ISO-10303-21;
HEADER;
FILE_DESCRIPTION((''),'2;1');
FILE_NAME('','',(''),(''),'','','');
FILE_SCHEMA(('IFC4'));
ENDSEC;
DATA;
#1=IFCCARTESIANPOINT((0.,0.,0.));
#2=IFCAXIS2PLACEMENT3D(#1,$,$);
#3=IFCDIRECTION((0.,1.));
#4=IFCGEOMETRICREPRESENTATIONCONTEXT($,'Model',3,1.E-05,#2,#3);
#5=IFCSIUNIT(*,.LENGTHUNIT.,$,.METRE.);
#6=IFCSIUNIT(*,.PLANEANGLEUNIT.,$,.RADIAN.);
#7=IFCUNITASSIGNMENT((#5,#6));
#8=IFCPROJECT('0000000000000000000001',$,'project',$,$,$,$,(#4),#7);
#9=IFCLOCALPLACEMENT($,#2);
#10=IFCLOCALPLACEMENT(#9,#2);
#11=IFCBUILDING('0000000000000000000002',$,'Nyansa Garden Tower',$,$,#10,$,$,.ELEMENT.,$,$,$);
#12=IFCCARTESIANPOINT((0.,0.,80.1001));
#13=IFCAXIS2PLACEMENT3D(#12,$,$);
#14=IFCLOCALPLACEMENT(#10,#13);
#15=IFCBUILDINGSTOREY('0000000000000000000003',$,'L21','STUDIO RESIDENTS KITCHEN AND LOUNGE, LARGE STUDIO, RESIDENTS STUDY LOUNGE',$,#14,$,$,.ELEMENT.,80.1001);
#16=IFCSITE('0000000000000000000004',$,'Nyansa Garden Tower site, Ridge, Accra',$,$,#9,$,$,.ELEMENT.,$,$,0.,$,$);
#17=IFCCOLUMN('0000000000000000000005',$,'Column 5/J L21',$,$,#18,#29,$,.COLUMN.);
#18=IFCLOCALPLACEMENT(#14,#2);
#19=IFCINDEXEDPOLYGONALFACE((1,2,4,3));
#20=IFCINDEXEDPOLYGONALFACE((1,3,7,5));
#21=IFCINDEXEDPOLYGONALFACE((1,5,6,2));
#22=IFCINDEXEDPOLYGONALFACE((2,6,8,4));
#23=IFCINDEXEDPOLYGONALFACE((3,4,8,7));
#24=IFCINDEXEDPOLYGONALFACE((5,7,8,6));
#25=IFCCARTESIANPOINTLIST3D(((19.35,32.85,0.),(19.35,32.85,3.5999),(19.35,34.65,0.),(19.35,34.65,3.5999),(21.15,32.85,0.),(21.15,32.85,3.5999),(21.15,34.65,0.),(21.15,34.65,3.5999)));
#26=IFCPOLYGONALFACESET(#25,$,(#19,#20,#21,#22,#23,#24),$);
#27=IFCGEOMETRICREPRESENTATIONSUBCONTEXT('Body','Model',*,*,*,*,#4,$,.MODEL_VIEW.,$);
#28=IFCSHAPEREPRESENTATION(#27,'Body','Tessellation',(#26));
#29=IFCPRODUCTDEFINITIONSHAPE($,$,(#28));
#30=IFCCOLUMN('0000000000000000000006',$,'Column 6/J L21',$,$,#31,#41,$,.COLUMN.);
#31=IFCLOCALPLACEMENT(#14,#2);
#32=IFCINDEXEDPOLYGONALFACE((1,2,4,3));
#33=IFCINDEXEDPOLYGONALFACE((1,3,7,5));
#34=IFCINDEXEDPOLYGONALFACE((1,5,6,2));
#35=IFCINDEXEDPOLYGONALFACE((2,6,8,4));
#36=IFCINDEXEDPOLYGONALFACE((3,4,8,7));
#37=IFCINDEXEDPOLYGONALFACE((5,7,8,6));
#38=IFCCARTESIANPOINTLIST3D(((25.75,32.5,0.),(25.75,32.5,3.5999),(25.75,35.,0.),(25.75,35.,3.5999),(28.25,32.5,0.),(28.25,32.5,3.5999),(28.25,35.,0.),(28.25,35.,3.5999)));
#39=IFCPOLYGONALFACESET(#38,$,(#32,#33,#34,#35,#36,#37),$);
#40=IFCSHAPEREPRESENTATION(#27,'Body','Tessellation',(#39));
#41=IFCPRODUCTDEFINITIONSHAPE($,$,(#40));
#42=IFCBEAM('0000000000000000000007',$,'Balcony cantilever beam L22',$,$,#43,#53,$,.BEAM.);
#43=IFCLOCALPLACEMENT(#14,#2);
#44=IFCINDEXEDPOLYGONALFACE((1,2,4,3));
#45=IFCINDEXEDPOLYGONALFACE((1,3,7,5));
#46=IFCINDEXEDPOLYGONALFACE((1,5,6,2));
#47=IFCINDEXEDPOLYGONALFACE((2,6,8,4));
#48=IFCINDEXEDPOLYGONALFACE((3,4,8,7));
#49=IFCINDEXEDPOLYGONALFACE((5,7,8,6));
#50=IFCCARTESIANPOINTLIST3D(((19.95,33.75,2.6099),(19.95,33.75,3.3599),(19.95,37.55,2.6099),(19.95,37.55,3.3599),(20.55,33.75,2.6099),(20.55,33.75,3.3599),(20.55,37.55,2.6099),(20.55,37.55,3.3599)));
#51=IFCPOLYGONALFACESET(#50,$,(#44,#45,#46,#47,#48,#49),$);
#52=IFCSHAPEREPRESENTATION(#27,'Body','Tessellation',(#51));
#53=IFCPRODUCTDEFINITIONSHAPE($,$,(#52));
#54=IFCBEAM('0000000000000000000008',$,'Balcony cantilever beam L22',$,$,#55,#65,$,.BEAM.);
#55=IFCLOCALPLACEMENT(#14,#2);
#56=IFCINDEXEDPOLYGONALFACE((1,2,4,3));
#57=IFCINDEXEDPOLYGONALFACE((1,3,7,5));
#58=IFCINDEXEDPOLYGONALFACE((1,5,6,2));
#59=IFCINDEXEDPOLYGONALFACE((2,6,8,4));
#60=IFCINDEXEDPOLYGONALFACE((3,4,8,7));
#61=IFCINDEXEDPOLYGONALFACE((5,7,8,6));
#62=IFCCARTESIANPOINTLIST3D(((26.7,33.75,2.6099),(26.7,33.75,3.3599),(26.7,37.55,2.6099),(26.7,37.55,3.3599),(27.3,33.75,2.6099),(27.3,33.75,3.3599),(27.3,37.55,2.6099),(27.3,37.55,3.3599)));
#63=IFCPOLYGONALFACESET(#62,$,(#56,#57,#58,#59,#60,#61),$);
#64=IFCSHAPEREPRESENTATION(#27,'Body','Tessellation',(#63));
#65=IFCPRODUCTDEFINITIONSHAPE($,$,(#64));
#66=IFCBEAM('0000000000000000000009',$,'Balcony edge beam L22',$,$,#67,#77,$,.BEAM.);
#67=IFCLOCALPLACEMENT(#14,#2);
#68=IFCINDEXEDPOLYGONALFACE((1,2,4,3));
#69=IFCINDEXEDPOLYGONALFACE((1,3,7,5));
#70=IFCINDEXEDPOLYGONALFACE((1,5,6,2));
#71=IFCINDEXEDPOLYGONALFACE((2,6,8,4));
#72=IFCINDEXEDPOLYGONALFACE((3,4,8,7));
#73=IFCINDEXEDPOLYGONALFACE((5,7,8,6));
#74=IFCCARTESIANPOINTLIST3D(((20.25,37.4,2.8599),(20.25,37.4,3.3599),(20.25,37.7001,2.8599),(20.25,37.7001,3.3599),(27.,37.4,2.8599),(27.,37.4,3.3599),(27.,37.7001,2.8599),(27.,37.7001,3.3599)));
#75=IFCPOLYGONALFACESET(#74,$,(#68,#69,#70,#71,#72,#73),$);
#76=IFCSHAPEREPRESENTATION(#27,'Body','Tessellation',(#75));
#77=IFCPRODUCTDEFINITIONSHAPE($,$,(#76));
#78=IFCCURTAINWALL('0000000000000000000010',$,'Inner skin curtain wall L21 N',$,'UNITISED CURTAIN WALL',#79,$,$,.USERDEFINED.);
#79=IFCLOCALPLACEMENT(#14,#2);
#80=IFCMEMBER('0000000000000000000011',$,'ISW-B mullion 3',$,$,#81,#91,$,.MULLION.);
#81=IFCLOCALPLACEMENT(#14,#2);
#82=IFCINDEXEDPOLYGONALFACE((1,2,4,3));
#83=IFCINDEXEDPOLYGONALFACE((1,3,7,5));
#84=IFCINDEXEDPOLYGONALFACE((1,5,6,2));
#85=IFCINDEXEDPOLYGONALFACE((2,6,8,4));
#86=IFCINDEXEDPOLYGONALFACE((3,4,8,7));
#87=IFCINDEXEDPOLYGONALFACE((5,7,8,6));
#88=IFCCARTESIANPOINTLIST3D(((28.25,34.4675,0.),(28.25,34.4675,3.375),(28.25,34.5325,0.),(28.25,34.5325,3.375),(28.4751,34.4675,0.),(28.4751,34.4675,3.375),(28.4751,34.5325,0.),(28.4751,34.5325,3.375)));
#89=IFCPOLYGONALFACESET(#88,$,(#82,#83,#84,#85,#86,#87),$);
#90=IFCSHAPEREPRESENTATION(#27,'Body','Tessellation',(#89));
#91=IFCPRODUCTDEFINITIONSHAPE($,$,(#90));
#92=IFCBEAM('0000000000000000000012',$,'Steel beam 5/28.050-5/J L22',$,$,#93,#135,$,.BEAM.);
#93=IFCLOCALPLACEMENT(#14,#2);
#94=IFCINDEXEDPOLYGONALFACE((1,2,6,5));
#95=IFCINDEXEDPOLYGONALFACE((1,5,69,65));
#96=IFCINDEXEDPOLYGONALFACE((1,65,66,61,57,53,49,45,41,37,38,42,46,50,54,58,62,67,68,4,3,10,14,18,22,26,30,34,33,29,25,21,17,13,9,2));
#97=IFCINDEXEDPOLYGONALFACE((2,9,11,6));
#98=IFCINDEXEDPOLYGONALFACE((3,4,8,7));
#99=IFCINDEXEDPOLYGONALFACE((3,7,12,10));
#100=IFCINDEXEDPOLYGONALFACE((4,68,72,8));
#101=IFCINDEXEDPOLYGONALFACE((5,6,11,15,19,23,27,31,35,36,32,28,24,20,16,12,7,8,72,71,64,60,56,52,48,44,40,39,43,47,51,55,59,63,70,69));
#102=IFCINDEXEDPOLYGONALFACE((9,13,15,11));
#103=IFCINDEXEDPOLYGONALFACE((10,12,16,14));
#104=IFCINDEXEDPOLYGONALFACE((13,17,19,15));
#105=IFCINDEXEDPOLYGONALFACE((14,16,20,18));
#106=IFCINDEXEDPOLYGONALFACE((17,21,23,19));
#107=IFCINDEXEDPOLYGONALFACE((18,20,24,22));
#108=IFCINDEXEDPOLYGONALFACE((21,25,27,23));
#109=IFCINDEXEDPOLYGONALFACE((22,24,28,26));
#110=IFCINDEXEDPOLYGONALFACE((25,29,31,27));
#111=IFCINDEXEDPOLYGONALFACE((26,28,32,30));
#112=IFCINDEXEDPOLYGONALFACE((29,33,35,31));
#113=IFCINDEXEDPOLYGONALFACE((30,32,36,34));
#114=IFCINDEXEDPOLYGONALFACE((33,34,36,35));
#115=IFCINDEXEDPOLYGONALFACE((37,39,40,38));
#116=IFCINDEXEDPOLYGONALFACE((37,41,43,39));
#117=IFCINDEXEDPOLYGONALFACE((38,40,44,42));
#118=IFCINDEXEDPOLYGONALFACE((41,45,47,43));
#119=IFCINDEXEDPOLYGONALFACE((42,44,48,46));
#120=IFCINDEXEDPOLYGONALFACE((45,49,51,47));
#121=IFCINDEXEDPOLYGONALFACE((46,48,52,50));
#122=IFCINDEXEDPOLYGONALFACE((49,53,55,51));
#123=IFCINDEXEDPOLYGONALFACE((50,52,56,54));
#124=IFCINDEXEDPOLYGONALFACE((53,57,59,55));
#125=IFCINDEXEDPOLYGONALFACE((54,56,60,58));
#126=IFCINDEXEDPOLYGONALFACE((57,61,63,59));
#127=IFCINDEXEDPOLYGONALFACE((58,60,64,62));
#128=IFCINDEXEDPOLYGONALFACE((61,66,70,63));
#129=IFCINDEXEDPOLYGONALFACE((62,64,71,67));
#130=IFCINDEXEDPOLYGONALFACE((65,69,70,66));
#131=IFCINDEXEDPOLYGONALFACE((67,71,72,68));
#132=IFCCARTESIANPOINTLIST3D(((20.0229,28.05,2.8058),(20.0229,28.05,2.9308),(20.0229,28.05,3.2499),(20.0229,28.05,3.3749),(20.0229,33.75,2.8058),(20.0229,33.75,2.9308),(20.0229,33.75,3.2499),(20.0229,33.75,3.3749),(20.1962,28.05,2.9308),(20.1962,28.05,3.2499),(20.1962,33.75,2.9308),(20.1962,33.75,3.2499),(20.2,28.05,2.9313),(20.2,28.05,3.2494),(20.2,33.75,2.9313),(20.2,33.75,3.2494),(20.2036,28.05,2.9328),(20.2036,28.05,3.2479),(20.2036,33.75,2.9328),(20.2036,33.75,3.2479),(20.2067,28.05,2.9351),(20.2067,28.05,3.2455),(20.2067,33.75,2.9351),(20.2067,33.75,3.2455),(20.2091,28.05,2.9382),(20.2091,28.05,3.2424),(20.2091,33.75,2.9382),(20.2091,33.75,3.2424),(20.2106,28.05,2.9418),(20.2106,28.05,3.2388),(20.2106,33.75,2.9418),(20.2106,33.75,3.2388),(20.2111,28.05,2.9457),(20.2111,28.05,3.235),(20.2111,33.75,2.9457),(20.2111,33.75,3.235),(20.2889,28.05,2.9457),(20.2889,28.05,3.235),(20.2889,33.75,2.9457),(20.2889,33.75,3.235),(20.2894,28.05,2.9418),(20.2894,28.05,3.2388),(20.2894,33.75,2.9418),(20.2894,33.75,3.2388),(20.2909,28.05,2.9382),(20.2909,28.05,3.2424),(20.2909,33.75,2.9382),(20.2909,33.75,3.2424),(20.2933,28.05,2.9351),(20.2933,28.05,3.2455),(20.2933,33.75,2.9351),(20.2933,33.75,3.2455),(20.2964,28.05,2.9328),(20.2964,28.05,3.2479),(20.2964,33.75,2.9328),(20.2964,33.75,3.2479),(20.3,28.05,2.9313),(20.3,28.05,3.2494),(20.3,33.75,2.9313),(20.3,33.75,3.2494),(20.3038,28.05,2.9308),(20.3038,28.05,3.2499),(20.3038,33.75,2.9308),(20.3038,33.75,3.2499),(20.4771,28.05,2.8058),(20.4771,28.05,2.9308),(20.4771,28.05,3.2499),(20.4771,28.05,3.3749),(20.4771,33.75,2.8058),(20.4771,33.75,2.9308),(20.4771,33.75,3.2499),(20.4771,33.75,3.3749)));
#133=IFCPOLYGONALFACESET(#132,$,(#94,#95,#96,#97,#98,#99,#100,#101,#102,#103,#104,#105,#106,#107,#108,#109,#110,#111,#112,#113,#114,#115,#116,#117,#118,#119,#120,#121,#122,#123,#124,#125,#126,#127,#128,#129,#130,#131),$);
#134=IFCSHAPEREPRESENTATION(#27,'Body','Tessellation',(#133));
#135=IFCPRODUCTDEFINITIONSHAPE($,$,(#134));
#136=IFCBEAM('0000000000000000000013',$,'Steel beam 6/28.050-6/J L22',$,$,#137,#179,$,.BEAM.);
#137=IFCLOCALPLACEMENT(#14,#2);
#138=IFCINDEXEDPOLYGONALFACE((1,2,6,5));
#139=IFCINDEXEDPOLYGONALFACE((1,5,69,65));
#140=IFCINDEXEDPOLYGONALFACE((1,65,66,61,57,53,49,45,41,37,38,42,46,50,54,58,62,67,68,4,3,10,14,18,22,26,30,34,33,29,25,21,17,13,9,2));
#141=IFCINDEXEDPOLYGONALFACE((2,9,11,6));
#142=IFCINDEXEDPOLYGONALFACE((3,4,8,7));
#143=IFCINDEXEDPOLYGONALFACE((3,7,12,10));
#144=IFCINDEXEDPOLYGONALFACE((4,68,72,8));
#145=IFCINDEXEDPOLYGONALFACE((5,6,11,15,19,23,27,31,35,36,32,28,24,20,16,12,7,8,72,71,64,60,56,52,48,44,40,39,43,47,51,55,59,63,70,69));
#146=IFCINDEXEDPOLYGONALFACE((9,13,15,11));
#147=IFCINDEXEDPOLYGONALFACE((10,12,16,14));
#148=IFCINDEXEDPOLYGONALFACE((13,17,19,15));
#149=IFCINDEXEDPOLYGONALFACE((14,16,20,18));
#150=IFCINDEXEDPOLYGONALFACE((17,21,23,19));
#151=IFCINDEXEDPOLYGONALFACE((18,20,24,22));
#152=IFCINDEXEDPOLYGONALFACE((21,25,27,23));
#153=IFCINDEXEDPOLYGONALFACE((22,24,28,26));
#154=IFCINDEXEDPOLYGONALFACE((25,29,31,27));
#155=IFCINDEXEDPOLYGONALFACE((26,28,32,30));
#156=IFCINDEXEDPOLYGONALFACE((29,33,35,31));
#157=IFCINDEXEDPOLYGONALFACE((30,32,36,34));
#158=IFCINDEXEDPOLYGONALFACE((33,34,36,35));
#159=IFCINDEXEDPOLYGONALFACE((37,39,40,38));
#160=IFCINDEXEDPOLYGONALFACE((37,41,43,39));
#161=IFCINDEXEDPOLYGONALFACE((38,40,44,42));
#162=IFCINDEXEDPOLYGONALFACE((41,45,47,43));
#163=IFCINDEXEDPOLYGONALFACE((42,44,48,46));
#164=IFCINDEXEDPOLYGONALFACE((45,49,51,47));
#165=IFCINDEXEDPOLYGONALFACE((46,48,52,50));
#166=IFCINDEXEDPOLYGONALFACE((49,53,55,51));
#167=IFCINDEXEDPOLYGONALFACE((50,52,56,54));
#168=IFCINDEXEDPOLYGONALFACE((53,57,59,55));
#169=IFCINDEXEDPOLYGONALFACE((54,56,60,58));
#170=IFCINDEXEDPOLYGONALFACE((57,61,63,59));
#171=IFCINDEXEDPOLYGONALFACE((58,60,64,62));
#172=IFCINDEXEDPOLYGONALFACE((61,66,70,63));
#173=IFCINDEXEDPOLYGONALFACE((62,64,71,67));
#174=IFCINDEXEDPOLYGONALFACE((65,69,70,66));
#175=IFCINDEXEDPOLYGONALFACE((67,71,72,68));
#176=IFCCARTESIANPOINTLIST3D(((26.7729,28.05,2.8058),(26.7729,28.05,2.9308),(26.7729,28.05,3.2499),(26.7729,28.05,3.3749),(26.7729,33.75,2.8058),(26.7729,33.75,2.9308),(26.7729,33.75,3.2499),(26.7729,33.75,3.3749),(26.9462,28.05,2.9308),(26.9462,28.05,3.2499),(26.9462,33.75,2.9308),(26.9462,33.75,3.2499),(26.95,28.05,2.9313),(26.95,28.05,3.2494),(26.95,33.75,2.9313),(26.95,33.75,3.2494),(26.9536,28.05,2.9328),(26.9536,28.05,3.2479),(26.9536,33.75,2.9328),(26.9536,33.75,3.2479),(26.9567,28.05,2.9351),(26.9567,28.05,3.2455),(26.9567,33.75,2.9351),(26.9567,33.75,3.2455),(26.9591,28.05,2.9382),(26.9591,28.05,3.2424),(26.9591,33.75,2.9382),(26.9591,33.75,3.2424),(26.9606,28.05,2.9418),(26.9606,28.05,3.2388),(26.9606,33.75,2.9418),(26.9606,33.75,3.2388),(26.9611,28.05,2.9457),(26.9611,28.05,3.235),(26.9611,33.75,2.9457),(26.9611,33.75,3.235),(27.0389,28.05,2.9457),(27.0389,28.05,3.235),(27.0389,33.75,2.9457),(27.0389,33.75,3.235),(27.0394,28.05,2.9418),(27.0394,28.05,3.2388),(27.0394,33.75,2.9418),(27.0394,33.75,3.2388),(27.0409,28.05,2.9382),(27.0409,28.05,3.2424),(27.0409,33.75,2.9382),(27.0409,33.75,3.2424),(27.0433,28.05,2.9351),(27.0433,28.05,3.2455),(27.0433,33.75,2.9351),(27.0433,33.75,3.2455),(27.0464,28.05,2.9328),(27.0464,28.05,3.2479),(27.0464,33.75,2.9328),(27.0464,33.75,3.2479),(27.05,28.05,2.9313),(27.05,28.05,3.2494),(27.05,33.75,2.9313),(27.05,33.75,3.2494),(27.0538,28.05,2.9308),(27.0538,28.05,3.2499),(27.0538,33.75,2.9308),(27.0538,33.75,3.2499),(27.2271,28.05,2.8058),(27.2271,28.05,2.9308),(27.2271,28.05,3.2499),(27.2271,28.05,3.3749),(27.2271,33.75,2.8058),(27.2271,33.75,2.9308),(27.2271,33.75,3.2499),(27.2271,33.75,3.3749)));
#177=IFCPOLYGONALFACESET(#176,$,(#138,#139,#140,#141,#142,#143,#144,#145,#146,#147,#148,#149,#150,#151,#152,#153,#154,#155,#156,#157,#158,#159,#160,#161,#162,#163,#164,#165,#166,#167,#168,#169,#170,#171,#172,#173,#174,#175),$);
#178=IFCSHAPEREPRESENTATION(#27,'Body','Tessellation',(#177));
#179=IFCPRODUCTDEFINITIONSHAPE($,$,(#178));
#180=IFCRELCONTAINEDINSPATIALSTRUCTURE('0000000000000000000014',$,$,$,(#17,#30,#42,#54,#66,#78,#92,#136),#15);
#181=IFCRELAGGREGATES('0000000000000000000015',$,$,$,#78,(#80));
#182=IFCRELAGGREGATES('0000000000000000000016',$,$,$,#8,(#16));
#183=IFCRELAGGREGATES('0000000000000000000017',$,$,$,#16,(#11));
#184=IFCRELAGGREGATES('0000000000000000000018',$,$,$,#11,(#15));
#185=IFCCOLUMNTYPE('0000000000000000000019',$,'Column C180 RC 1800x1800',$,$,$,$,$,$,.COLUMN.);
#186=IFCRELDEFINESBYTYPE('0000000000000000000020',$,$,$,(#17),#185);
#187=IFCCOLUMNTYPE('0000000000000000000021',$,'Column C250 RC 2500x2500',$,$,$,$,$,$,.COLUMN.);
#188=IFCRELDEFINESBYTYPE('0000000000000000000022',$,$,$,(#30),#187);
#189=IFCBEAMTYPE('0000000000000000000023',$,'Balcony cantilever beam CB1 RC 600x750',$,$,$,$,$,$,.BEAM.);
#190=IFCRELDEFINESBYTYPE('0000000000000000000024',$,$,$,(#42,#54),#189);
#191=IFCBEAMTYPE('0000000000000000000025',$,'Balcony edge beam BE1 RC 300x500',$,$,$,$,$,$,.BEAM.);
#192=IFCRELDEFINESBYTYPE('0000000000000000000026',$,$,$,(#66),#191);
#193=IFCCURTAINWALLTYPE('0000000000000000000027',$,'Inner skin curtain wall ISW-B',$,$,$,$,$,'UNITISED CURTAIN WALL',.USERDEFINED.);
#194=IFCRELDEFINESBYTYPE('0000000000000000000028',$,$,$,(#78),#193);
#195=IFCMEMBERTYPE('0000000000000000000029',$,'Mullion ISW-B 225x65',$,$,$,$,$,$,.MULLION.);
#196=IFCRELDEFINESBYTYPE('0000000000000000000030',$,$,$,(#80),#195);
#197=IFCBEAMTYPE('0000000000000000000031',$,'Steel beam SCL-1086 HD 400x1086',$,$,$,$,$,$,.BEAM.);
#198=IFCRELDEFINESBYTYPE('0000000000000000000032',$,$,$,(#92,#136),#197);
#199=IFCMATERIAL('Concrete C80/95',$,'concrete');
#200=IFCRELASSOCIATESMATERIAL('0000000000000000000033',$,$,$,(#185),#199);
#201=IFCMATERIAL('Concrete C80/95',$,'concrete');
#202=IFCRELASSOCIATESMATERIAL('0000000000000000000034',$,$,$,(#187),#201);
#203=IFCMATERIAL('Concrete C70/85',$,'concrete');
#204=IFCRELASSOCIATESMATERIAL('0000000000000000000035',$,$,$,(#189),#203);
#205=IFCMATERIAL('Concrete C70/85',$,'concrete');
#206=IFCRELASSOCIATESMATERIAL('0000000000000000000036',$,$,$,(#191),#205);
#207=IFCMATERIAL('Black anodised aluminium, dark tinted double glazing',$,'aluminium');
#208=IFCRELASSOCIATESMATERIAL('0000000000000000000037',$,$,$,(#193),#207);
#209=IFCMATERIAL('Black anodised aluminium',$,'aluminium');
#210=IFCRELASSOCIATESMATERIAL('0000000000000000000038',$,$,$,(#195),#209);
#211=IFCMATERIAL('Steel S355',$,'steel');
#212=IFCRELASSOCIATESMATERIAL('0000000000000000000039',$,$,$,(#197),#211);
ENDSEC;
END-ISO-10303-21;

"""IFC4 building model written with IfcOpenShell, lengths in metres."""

from ifc_helpers import new_model, si_unit, direction, frame, origin, origin_2d, place, context, subcontext, project, spatial, rectangle, i_section, extrude, material, material_profile, profile_set, type_object, element, aggregate, save


model = new_model("IFC4")

# Units and contexts
model_context = context("Model", 3, precision=1e-05, world=origin(), true_north=direction((0.0, 1.0)))
body_context = subcontext(model_context, "Body", "Model", "MODEL_VIEW")
ifc_project = project(units=[si_unit("LENGTHUNIT", "METRE"), si_unit("PLANEANGLEUNIT", "RADIAN")], contexts=[model_context])

# Site, building, storey
site_placement = place(None, origin())
site = spatial("IfcSite", under=ifc_project, at=site_placement, Name="Nyansa Garden Tower site, Ridge, Accra", CompositionType="ELEMENT", RefElevation=0.0)
building_placement = place(site_placement, origin())
building = spatial("IfcBuilding", under=site, at=building_placement, Name="Nyansa Garden Tower", CompositionType="ELEMENT")
storey_placement = place(building_placement, frame((0.0, 0.0, 80.1001)))
storey = spatial("IfcBuildingStorey", under=building, at=storey_placement, Name="L21", Description="STUDIO RESIDENTS KITCHEN AND LOUNGE, LARGE STUDIO, RESIDENTS STUDY LOUNGE", CompositionType="ELEMENT", Elevation=80.1001)

# Columns
ifc_material_1 = material(Name="Concrete C80/95", Category="concrete")
ifc_material_profile_1 = material_profile(ifc_material_1, rectangle(XDim=1.8, YDim=1.8, at=origin_2d()), Name="RC 1800x1800")
ifc_profile_set_1 = profile_set([ifc_material_profile_1], Name="Concrete C80/95")
column_type_1 = type_object("IfcColumnType", Name="Column C180 RC 1800x1800", PredefinedType="COLUMN", material=ifc_profile_set_1)
column_1_placement = place(storey_placement, frame((20.25, 33.75, 0.0), z_axis=(0.0, 0.0, 1.0), x_axis=(1.0, 0.0, 0.0)))
element("IfcColumn", 1, at=column_1_placement, inside=storey, type_object=column_type_1, Name="Column 5/J L21", PredefinedType="COLUMN", context=body_context, shape_type="SweptSolid", body=[
    extrude(rectangle(XDim=1.8, YDim=1.8, at=origin_2d()), origin(), (0.0, 0.0, 1.0), 3.5999),
])
ifc_material_2 = material(Name="Concrete C80/95", Category="concrete")
ifc_material_profile_2 = material_profile(ifc_material_2, rectangle(XDim=2.5, YDim=2.5, at=origin_2d()), Name="RC 2500x2500")
ifc_profile_set_2 = profile_set([ifc_material_profile_2], Name="Concrete C80/95")
column_type_2 = type_object("IfcColumnType", Name="Column C250 RC 2500x2500", PredefinedType="COLUMN", material=ifc_profile_set_2)
column_2_placement = place(storey_placement, frame((27.0, 33.75, 0.0), z_axis=(0.0, 0.0, 1.0), x_axis=(1.0, 0.0, 0.0)))
element("IfcColumn", 2, at=column_2_placement, inside=storey, type_object=column_type_2, Name="Column 6/J L21", PredefinedType="COLUMN", context=body_context, shape_type="SweptSolid", body=[
    extrude(rectangle(XDim=2.5, YDim=2.5, at=origin_2d()), origin(), (0.0, 0.0, 1.0), 3.5999),
])

# Beams
ifc_material_3 = material(Name="Concrete C70/85", Category="concrete")
ifc_material_profile_3 = material_profile(ifc_material_3, rectangle(XDim=0.6001, YDim=0.75, at=origin_2d()), Name="RC 600x750")
ifc_profile_set_3 = profile_set([ifc_material_profile_3], Name="Concrete C70/85")
beam_type_1 = type_object("IfcBeamType", Name="Balcony cantilever beam CB1 RC 600x750", PredefinedType="BEAM", material=ifc_profile_set_3)
for number, where, z_axis, x_axis, name in (
    (3, (20.25, 33.75, 2.9849), (0.0, 1.0, 0.0), (-1.0, 0.0, 0.0), "Balcony cantilever beam L22"),
    (4, (27.0, 33.75, 2.9849), (0.0, 1.0, 0.0), (-1.0, 0.0, 0.0), "Balcony cantilever beam L22"),
):
    element("IfcBeam", number, at=place(storey_placement, frame(where, z_axis=z_axis, x_axis=x_axis)), inside=storey, type_object=beam_type_1, Name=name, PredefinedType="BEAM", context=body_context, shape_type="SweptSolid", body=[
        extrude(rectangle(XDim=0.6001, YDim=0.75, at=origin_2d()), origin(), (0.0, 0.0, 1.0), 3.8),
    ])
ifc_material_4 = material(Name="Concrete C70/85", Category="concrete")
ifc_material_profile_4 = material_profile(ifc_material_4, rectangle(XDim=0.3, YDim=0.5, at=origin_2d()), Name="RC 300x500")
ifc_profile_set_4 = profile_set([ifc_material_profile_4], Name="Concrete C70/85")
beam_type_2 = type_object("IfcBeamType", Name="Balcony edge beam BE1 RC 300x500", PredefinedType="BEAM", material=ifc_profile_set_4)
beam_1_placement = place(storey_placement, frame((20.25, 37.55, 3.1099), z_axis=(1.0, 0.0, 0.0), x_axis=(0.0, 1.0, 0.0)))
element("IfcBeam", 5, at=beam_1_placement, inside=storey, type_object=beam_type_2, Name="Balcony edge beam L22", PredefinedType="BEAM", context=body_context, shape_type="SweptSolid", body=[
    extrude(rectangle(XDim=0.3, YDim=0.5, at=origin_2d()), origin(), (0.0, 0.0, 1.0), 6.75),
])

# Curtain wall, member
ifc_material_5 = material(Name="Black anodised aluminium, dark tinted double glazing", Category="aluminium")
curtain_wall_type = type_object("IfcCurtainWallType", Name="Inner skin curtain wall ISW-B", ElementType="UNITISED CURTAIN WALL", PredefinedType="USERDEFINED", material=ifc_material_5)
curtain_wall_placement = place(storey_placement, origin())
curtain_wall = element("IfcCurtainWall", 6, at=curtain_wall_placement, inside=storey, type_object=curtain_wall_type, Name="Inner skin curtain wall L21 N", ObjectType="UNITISED CURTAIN WALL", PredefinedType="USERDEFINED")
ifc_material_6 = material(Name="Black anodised aluminium", Category="aluminium")
ifc_material_profile_5 = material_profile(ifc_material_6, rectangle(XDim=0.0649, YDim=0.2251, at=origin_2d()), Name="Mullion 225x65")
ifc_profile_set_5 = profile_set([ifc_material_profile_5], Name="Black anodised aluminium")
member_type_1 = type_object("IfcMemberType", Name="Mullion ISW-B 225x65", PredefinedType="MULLION", material=ifc_profile_set_5)
member_1_placement = place(storey_placement, frame((28.3625, 34.5, 0.0), z_axis=(0.0, 0.0, 1.0), x_axis=(0.0, -1.0, 0.0)))
member_1 = element("IfcMember", 7, at=member_1_placement, type_object=member_type_1, Name="ISW-B mullion 3", PredefinedType="MULLION", context=body_context, shape_type="SweptSolid", body=[
    extrude(rectangle(XDim=0.0649, YDim=0.2251, at=origin_2d()), origin(), (0.0, 0.0, 1.0), 3.375),
])

# Beams
ifc_material_7 = material(Name="Steel S355", Category="steel")
ifc_material_profile_6 = material_profile(ifc_material_7, i_section(OverallWidth=0.4541, OverallDepth=0.5691, WebThickness=0.0779, FlangeThickness=0.125, FilletRadius=0.0149, at=origin_2d()), Name="HD 400x1086")
ifc_profile_set_6 = profile_set([ifc_material_profile_6], Name="Steel S355")
beam_type_3 = type_object("IfcBeamType", Name="Steel beam SCL-1086 HD 400x1086", PredefinedType="BEAM", material=ifc_profile_set_6)
for number, where, z_axis, x_axis, name in (
    (8, (20.25, 28.05, 3.0903), (0.0, 1.0, 0.0), (-1.0, 0.0, 0.0), "Steel beam 5/28.050-5/J L22"),
    (9, (27.0, 28.05, 3.0903), (0.0, 1.0, 0.0), (-1.0, 0.0, 0.0), "Steel beam 6/28.050-6/J L22"),
):
    element("IfcBeam", number, at=place(storey_placement, frame(where, z_axis=z_axis, x_axis=x_axis)), inside=storey, type_object=beam_type_3, Name=name, PredefinedType="BEAM", context=body_context, shape_type="SweptSolid", body=[
        extrude(i_section(OverallWidth=0.4541, OverallDepth=0.5691, WebThickness=0.0779, FlangeThickness=0.125, FilletRadius=0.0149, at=origin_2d()), origin(), (0.0, 0.0, 1.0), 5.7),
    ])

aggregate(curtain_wall, [member_1])

save(model, "model.ifc")
